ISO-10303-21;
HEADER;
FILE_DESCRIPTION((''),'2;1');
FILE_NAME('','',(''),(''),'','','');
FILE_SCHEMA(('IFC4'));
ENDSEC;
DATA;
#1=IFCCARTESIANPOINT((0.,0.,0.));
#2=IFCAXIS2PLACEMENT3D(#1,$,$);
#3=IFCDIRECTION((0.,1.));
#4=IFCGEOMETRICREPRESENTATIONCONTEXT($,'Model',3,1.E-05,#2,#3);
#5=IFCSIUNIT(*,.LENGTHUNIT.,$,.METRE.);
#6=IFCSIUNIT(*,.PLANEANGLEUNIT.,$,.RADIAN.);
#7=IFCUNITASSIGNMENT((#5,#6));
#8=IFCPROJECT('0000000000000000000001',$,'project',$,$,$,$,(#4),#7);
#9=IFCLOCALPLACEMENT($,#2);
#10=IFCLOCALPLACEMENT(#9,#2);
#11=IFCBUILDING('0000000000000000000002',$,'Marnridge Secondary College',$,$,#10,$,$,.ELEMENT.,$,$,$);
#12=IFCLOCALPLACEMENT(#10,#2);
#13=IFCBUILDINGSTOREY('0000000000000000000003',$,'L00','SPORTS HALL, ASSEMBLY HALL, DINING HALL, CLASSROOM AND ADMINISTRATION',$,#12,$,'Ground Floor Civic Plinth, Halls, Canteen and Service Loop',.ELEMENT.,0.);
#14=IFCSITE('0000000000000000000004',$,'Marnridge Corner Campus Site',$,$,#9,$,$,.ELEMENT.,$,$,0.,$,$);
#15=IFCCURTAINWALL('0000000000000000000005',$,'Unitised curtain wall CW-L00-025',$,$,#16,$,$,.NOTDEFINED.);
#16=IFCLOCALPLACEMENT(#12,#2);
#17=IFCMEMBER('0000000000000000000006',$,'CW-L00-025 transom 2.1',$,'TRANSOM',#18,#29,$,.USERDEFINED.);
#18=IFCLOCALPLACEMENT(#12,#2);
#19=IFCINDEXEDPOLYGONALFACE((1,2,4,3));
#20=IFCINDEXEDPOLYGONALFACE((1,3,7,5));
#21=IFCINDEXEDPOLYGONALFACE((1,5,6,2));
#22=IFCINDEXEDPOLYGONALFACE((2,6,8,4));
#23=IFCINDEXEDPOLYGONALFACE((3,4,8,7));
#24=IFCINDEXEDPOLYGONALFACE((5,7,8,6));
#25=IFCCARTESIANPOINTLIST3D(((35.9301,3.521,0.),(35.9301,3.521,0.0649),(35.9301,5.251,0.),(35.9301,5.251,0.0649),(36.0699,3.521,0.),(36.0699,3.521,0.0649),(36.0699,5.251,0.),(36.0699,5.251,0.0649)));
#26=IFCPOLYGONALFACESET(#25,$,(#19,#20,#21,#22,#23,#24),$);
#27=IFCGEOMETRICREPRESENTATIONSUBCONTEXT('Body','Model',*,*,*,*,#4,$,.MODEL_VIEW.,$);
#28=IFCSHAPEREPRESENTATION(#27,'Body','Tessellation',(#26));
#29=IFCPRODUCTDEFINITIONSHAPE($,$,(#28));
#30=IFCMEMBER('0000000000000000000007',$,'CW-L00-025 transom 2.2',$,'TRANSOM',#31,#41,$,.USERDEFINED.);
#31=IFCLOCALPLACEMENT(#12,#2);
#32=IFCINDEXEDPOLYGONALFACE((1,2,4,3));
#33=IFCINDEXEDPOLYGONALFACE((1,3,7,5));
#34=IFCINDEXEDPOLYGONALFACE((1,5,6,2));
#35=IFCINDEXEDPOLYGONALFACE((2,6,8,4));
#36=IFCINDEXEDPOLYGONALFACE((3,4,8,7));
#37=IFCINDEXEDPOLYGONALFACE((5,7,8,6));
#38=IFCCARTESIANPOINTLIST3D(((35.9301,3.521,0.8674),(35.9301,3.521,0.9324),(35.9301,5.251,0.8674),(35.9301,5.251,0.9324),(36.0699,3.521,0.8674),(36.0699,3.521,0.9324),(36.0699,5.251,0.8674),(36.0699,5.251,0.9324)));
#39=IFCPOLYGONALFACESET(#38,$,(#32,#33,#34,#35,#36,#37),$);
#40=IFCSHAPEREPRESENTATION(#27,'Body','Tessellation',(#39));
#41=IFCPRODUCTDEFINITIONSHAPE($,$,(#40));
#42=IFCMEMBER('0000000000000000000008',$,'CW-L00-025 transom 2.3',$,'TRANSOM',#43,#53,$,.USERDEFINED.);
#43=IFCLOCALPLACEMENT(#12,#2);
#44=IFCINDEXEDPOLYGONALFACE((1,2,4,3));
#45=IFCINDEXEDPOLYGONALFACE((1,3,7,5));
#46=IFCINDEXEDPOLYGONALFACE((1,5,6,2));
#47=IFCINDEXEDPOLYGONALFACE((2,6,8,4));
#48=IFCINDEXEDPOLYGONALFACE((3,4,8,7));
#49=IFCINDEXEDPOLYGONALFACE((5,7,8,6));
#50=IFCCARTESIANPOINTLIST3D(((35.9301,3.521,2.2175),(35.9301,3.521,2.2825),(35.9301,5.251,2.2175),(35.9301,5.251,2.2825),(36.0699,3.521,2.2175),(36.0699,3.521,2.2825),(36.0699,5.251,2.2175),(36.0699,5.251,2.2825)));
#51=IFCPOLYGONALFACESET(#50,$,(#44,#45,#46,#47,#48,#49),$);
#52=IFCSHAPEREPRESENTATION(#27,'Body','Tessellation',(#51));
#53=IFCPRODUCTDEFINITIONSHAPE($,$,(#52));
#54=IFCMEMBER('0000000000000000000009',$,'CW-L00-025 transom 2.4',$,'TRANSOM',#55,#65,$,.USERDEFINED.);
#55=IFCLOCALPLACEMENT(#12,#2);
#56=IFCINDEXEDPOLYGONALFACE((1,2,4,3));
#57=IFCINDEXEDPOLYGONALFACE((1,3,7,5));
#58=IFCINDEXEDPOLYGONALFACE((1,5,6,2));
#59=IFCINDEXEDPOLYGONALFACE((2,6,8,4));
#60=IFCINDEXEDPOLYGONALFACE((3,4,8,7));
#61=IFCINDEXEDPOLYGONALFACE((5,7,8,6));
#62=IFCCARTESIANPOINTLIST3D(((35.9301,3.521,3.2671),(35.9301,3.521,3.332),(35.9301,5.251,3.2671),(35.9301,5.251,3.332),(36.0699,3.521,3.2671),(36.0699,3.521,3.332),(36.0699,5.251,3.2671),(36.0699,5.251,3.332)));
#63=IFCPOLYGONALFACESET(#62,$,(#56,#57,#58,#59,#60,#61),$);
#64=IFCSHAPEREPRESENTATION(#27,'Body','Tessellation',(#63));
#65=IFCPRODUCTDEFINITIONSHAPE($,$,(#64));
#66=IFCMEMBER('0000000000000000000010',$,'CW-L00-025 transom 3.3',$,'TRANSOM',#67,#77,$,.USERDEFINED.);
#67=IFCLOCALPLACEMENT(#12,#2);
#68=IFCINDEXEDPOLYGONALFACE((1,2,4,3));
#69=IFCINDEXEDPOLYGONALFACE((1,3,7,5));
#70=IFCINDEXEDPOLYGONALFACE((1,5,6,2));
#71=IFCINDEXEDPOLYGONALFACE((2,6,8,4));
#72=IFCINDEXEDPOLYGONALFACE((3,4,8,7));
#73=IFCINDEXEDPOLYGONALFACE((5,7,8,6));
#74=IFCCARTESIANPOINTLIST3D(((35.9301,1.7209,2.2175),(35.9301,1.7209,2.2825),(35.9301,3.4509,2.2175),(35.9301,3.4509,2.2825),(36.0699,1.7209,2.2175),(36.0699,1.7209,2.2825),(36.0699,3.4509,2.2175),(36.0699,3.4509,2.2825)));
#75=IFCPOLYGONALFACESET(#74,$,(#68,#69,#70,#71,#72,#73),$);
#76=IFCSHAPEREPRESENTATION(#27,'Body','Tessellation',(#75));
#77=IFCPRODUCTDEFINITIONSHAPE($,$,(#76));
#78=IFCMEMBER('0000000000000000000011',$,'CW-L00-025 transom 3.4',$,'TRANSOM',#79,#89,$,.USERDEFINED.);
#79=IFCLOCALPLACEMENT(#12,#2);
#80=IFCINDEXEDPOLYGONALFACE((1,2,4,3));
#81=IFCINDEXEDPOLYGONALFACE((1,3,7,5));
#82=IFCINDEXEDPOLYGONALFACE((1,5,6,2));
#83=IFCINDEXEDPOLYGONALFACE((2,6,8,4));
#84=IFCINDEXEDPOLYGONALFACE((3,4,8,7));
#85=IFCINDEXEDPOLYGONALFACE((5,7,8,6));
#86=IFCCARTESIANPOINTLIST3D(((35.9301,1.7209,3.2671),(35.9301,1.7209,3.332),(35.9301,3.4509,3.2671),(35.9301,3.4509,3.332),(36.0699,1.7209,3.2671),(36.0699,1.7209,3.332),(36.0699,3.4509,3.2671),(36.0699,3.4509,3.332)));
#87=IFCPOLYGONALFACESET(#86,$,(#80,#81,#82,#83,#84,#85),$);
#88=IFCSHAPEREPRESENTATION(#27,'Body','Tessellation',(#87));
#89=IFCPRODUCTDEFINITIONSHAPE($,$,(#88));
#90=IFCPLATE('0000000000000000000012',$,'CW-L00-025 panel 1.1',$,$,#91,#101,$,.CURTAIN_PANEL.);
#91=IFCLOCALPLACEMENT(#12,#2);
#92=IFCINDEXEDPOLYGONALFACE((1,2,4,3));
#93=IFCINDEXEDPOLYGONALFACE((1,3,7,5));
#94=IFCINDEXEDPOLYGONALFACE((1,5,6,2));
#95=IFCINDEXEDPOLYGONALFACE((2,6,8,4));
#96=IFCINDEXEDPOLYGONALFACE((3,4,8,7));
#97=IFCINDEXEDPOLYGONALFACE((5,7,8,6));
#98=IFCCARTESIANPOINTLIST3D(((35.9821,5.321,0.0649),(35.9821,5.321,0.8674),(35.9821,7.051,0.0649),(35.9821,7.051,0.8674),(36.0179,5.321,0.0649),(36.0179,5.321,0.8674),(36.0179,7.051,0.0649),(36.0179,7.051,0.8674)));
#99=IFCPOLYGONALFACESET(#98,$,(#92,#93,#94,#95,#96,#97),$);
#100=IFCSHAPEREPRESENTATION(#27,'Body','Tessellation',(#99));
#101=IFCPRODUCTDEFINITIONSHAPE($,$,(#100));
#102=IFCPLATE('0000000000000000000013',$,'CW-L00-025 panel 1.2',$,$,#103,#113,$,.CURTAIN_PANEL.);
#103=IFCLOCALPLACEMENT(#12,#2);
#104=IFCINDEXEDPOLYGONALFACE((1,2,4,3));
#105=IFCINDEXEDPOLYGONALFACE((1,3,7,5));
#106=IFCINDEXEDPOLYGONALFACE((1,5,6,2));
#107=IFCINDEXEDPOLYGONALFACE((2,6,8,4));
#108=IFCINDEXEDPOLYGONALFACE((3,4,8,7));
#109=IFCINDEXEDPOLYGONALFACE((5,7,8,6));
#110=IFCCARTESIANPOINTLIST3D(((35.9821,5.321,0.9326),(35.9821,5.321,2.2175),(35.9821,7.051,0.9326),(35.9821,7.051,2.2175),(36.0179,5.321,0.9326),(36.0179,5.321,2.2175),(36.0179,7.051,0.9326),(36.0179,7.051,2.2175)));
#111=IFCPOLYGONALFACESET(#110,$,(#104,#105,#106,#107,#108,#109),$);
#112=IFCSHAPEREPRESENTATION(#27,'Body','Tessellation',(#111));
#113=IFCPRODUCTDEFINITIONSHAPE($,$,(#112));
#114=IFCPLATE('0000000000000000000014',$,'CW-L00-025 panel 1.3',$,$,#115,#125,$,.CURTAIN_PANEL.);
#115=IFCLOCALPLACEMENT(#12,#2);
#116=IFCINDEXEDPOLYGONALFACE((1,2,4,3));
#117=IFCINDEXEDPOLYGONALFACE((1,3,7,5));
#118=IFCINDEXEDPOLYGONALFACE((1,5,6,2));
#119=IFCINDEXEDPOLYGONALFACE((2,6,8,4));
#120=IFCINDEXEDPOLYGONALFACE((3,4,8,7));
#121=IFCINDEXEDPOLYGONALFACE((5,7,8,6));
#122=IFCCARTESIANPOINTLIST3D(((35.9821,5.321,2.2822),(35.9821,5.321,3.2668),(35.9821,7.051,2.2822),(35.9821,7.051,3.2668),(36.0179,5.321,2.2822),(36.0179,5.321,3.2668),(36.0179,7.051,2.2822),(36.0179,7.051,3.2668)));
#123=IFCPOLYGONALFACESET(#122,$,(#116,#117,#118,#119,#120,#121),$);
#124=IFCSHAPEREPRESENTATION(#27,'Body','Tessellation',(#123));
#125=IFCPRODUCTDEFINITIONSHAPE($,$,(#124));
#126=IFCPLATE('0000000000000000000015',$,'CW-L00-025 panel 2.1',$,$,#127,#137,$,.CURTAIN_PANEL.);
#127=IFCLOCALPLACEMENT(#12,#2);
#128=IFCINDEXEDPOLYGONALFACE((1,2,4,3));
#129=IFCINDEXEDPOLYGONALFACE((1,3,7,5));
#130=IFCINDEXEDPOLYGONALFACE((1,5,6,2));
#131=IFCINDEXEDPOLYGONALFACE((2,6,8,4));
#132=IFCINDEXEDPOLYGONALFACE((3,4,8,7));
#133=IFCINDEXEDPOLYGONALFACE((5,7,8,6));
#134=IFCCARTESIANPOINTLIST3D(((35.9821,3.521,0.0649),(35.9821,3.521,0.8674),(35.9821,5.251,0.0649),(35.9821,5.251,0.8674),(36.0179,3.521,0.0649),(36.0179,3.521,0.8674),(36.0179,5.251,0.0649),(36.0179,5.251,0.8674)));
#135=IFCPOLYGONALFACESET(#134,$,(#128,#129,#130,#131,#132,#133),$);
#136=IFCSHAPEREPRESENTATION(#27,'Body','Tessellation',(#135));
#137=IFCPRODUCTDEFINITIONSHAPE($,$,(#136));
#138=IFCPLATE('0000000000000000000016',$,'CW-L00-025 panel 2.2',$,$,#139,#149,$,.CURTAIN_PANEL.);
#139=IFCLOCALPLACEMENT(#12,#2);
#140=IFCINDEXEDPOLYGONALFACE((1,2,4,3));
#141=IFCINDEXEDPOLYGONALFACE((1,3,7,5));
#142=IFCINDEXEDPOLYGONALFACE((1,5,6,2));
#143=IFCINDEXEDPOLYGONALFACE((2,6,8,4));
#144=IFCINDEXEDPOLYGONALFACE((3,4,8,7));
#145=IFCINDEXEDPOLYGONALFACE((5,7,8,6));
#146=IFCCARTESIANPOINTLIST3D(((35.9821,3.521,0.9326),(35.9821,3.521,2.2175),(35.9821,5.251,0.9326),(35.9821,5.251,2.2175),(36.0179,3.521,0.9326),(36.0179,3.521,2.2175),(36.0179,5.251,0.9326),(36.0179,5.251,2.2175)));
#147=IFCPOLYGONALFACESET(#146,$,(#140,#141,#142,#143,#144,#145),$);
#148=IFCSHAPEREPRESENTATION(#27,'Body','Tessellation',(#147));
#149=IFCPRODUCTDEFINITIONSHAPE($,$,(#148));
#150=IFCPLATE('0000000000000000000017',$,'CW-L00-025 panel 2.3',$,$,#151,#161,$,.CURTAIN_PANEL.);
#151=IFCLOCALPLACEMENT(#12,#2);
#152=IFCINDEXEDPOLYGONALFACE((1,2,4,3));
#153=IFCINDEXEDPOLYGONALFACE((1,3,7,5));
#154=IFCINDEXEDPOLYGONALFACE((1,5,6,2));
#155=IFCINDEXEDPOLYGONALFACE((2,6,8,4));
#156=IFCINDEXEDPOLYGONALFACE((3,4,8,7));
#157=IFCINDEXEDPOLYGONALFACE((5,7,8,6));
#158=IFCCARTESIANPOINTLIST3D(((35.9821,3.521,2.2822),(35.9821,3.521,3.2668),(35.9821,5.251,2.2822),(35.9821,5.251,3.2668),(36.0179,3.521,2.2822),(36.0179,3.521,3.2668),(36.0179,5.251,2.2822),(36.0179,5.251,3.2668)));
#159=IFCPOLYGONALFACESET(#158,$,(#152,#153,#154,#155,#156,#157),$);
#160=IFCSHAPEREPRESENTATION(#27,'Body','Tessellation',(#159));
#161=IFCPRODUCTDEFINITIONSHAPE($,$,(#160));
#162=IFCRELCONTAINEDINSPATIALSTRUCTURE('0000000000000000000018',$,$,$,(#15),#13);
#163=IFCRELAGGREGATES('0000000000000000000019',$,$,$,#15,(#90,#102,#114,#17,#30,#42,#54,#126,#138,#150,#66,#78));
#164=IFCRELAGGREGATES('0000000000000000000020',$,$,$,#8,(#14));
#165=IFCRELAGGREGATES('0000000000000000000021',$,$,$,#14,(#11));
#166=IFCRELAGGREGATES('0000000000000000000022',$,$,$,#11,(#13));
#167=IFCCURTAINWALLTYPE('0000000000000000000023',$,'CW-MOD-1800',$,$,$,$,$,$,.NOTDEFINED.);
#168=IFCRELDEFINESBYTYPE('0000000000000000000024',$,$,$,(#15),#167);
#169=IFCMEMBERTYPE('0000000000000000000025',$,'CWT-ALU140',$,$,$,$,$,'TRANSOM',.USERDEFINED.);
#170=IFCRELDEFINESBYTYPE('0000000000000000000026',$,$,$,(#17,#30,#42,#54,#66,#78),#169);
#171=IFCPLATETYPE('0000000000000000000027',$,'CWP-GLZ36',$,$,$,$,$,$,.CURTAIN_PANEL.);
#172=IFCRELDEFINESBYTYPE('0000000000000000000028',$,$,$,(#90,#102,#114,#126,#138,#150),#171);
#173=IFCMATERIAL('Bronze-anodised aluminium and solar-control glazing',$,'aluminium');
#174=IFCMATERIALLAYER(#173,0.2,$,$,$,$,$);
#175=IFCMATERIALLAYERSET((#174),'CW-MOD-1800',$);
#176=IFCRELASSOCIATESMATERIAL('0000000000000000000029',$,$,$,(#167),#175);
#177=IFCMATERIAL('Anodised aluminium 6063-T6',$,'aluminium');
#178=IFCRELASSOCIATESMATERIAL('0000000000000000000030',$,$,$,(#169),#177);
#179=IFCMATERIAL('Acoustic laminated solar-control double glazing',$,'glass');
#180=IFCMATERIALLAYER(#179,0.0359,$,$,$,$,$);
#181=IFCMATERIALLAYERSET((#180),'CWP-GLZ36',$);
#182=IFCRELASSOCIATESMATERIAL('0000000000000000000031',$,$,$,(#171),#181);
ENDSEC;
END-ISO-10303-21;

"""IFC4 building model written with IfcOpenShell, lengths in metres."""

from ifc_helpers import new_model, si_unit, direction, frame, origin, origin_2d, place, context, subcontext, project, spatial, rectangle, extrude, material, layer, layer_set, material_profile, profile_set, type_object, element, aggregate, save


model = new_model("IFC4")

# Units and contexts
model_context = context("Model", 3, precision=1e-05, world=origin(), true_north=direction((0.0, 1.0)))
body_context = subcontext(model_context, "Body", "Model", "MODEL_VIEW")
ifc_project = project(units=[si_unit("LENGTHUNIT", "METRE"), si_unit("PLANEANGLEUNIT", "RADIAN")], contexts=[model_context])

# Site, building, storey
site_placement = place(None, origin())
site = spatial("IfcSite", under=ifc_project, at=site_placement, Name="Marnridge Corner Campus Site", CompositionType="ELEMENT", RefElevation=0.0)
building_placement = place(site_placement, origin())
building = spatial("IfcBuilding", under=site, at=building_placement, Name="Marnridge Secondary College", CompositionType="ELEMENT")
storey_placement = place(building_placement, origin())
storey = spatial("IfcBuildingStorey", under=building, at=storey_placement, Name="L00", Description="SPORTS HALL, ASSEMBLY HALL, DINING HALL, CLASSROOM AND ADMINISTRATION", LongName="Ground Floor Civic Plinth, Halls, Canteen and Service Loop", CompositionType="ELEMENT", Elevation=0.0)

# Curtain wall, members, plates
ifc_material_1 = material(Name="Bronze-anodised aluminium and solar-control glazing", Category="aluminium")
ifc_layer_1 = layer(ifc_material_1, 0.2)
ifc_layer_set_1 = layer_set([ifc_layer_1], Name="CW-MOD-1800")
curtain_wall_type = type_object("IfcCurtainWallType", Name="CW-MOD-1800", PredefinedType="NOTDEFINED", material=ifc_layer_set_1)
curtain_wall_placement = place(storey_placement, origin())
curtain_wall = element("IfcCurtainWall", 1, at=curtain_wall_placement, inside=storey, type_object=curtain_wall_type, Name="Unitised curtain wall CW-L00-025", PredefinedType="NOTDEFINED")
ifc_material_2 = material(Name="Anodised aluminium 6063-T6", Category="aluminium")
ifc_material_profile_1 = material_profile(ifc_material_2, rectangle(XDim=0.0649, YDim=0.1399, at=origin_2d()), Name="ALU 65x140")
ifc_profile_set_1 = profile_set([ifc_material_profile_1], Name="Anodised aluminium 6063-T6")
member_type_1 = type_object("IfcMemberType", Name="CWT-ALU140", ElementType="TRANSOM", PredefinedType="USERDEFINED", material=ifc_profile_set_1)
member_1_placement = place(storey_placement, frame((36.0, 5.251, 0.0325), z_axis=(0.0, -1.0, 0.0), x_axis=(0.0, 0.0, 1.0)))
member_1 = element("IfcMember", 2, at=member_1_placement, type_object=member_type_1, Name="CW-L00-025 transom 2.1", ObjectType="TRANSOM", PredefinedType="USERDEFINED", context=body_context, shape_type="SweptSolid", body=[
    extrude(rectangle(XDim=0.0649, YDim=0.1399, at=origin_2d()), origin(), (0.0, 0.0, 1.0), 1.73),
])
member_2_placement = place(storey_placement, frame((36.0, 5.251, 0.8999), z_axis=(0.0, -1.0, 0.0), x_axis=(0.0, 0.0, 1.0)))
member_2 = element("IfcMember", 3, at=member_2_placement, type_object=member_type_1, Name="CW-L00-025 transom 2.2", ObjectType="TRANSOM", PredefinedType="USERDEFINED", context=body_context, shape_type="SweptSolid", body=[
    extrude(rectangle(XDim=0.0649, YDim=0.1399, at=origin_2d()), origin(), (0.0, 0.0, 1.0), 1.73),
])
member_3_placement = place(storey_placement, frame((36.0, 5.251, 2.25), z_axis=(0.0, -1.0, 0.0), x_axis=(0.0, 0.0, 1.0)))
member_3 = element("IfcMember", 4, at=member_3_placement, type_object=member_type_1, Name="CW-L00-025 transom 2.3", ObjectType="TRANSOM", PredefinedType="USERDEFINED", context=body_context, shape_type="SweptSolid", body=[
    extrude(rectangle(XDim=0.0649, YDim=0.1399, at=origin_2d()), origin(), (0.0, 0.0, 1.0), 1.73),
])
member_4_placement = place(storey_placement, frame((36.0, 5.251, 3.2996), z_axis=(0.0, -1.0, 0.0), x_axis=(0.0, 0.0, 1.0)))
member_4 = element("IfcMember", 5, at=member_4_placement, type_object=member_type_1, Name="CW-L00-025 transom 2.4", ObjectType="TRANSOM", PredefinedType="USERDEFINED", context=body_context, shape_type="SweptSolid", body=[
    extrude(rectangle(XDim=0.0649, YDim=0.1399, at=origin_2d()), origin(), (0.0, 0.0, 1.0), 1.73),
])
member_5_placement = place(storey_placement, frame((36.0, 3.4509, 2.25), z_axis=(0.0, -1.0, 0.0), x_axis=(0.0, 0.0, 1.0)))
member_5 = element("IfcMember", 6, at=member_5_placement, type_object=member_type_1, Name="CW-L00-025 transom 3.3", ObjectType="TRANSOM", PredefinedType="USERDEFINED", context=body_context, shape_type="SweptSolid", body=[
    extrude(rectangle(XDim=0.0649, YDim=0.1399, at=origin_2d()), origin(), (0.0, 0.0, 1.0), 1.73),
])
member_6_placement = place(storey_placement, frame((36.0, 3.4509, 3.2996), z_axis=(0.0, -1.0, 0.0), x_axis=(0.0, 0.0, 1.0)))
member_6 = element("IfcMember", 7, at=member_6_placement, type_object=member_type_1, Name="CW-L00-025 transom 3.4", ObjectType="TRANSOM", PredefinedType="USERDEFINED", context=body_context, shape_type="SweptSolid", body=[
    extrude(rectangle(XDim=0.0649, YDim=0.1399, at=origin_2d()), origin(), (0.0, 0.0, 1.0), 1.73),
])
ifc_material_3 = material(Name="Acoustic laminated solar-control double glazing", Category="glass")
ifc_layer_2 = layer(ifc_material_3, 0.0359)
ifc_layer_set_2 = layer_set([ifc_layer_2], Name="CWP-GLZ36")
plate_type = type_object("IfcPlateType", Name="CWP-GLZ36", PredefinedType="CURTAIN_PANEL", material=ifc_layer_set_2)
plate_1_placement = place(storey_placement, frame((36.0, 6.186, 0.0649), z_axis=(0.0, 0.0, 1.0), x_axis=(0.0, -1.0, 0.0)))
plate_1 = element("IfcPlate", 8, at=plate_1_placement, type_object=plate_type, Name="CW-L00-025 panel 1.1", PredefinedType="CURTAIN_PANEL", context=body_context, shape_type="SweptSolid", body=[
    extrude(rectangle(XDim=1.73, YDim=0.0359, at=origin_2d()), origin(), (0.0, 0.0, 1.0), 0.8025),
])
plate_2_placement = place(storey_placement, frame((36.0, 6.186, 0.9326), z_axis=(0.0, 0.0, 1.0), x_axis=(0.0, -1.0, 0.0)))
plate_2 = element("IfcPlate", 9, at=plate_2_placement, type_object=plate_type, Name="CW-L00-025 panel 1.2", PredefinedType="CURTAIN_PANEL", context=body_context, shape_type="SweptSolid", body=[
    extrude(rectangle(XDim=1.73, YDim=0.0359, at=origin_2d()), origin(), (0.0, 0.0, 1.0), 1.2849),
])
plate_3_placement = place(storey_placement, frame((36.0, 6.186, 2.2822), z_axis=(0.0, 0.0, 1.0), x_axis=(0.0, -1.0, 0.0)))
plate_3 = element("IfcPlate", 10, at=plate_3_placement, type_object=plate_type, Name="CW-L00-025 panel 1.3", PredefinedType="CURTAIN_PANEL", context=body_context, shape_type="SweptSolid", body=[
    extrude(rectangle(XDim=1.73, YDim=0.0359, at=origin_2d()), origin(), (0.0, 0.0, 1.0), 0.9846),
])
plate_4_placement = place(storey_placement, frame((36.0, 4.386, 0.0649), z_axis=(0.0, 0.0, 1.0), x_axis=(0.0, -1.0, 0.0)))
plate_4 = element("IfcPlate", 11, at=plate_4_placement, type_object=plate_type, Name="CW-L00-025 panel 2.1", PredefinedType="CURTAIN_PANEL", context=body_context, shape_type="SweptSolid", body=[
    extrude(rectangle(XDim=1.73, YDim=0.0359, at=origin_2d()), origin(), (0.0, 0.0, 1.0), 0.8025),
])
plate_5_placement = place(storey_placement, frame((36.0, 4.386, 0.9326), z_axis=(0.0, 0.0, 1.0), x_axis=(0.0, -1.0, 0.0)))
plate_5 = element("IfcPlate", 12, at=plate_5_placement, type_object=plate_type, Name="CW-L00-025 panel 2.2", PredefinedType="CURTAIN_PANEL", context=body_context, shape_type="SweptSolid", body=[
    extrude(rectangle(XDim=1.73, YDim=0.0359, at=origin_2d()), origin(), (0.0, 0.0, 1.0), 1.2849),
])
plate_6_placement = place(storey_placement, frame((36.0, 4.386, 2.2822), z_axis=(0.0, 0.0, 1.0), x_axis=(0.0, -1.0, 0.0)))
plate_6 = element("IfcPlate", 13, at=plate_6_placement, type_object=plate_type, Name="CW-L00-025 panel 2.3", PredefinedType="CURTAIN_PANEL", context=body_context, shape_type="SweptSolid", body=[
    extrude(rectangle(XDim=1.73, YDim=0.0359, at=origin_2d()), origin(), (0.0, 0.0, 1.0), 0.9846),
])
aggregate(curtain_wall, [plate_1, plate_2, plate_3, member_1, member_2, member_3, member_4, plate_4, plate_5, plate_6, member_5, member_6])

save(model, "model.ifc")
